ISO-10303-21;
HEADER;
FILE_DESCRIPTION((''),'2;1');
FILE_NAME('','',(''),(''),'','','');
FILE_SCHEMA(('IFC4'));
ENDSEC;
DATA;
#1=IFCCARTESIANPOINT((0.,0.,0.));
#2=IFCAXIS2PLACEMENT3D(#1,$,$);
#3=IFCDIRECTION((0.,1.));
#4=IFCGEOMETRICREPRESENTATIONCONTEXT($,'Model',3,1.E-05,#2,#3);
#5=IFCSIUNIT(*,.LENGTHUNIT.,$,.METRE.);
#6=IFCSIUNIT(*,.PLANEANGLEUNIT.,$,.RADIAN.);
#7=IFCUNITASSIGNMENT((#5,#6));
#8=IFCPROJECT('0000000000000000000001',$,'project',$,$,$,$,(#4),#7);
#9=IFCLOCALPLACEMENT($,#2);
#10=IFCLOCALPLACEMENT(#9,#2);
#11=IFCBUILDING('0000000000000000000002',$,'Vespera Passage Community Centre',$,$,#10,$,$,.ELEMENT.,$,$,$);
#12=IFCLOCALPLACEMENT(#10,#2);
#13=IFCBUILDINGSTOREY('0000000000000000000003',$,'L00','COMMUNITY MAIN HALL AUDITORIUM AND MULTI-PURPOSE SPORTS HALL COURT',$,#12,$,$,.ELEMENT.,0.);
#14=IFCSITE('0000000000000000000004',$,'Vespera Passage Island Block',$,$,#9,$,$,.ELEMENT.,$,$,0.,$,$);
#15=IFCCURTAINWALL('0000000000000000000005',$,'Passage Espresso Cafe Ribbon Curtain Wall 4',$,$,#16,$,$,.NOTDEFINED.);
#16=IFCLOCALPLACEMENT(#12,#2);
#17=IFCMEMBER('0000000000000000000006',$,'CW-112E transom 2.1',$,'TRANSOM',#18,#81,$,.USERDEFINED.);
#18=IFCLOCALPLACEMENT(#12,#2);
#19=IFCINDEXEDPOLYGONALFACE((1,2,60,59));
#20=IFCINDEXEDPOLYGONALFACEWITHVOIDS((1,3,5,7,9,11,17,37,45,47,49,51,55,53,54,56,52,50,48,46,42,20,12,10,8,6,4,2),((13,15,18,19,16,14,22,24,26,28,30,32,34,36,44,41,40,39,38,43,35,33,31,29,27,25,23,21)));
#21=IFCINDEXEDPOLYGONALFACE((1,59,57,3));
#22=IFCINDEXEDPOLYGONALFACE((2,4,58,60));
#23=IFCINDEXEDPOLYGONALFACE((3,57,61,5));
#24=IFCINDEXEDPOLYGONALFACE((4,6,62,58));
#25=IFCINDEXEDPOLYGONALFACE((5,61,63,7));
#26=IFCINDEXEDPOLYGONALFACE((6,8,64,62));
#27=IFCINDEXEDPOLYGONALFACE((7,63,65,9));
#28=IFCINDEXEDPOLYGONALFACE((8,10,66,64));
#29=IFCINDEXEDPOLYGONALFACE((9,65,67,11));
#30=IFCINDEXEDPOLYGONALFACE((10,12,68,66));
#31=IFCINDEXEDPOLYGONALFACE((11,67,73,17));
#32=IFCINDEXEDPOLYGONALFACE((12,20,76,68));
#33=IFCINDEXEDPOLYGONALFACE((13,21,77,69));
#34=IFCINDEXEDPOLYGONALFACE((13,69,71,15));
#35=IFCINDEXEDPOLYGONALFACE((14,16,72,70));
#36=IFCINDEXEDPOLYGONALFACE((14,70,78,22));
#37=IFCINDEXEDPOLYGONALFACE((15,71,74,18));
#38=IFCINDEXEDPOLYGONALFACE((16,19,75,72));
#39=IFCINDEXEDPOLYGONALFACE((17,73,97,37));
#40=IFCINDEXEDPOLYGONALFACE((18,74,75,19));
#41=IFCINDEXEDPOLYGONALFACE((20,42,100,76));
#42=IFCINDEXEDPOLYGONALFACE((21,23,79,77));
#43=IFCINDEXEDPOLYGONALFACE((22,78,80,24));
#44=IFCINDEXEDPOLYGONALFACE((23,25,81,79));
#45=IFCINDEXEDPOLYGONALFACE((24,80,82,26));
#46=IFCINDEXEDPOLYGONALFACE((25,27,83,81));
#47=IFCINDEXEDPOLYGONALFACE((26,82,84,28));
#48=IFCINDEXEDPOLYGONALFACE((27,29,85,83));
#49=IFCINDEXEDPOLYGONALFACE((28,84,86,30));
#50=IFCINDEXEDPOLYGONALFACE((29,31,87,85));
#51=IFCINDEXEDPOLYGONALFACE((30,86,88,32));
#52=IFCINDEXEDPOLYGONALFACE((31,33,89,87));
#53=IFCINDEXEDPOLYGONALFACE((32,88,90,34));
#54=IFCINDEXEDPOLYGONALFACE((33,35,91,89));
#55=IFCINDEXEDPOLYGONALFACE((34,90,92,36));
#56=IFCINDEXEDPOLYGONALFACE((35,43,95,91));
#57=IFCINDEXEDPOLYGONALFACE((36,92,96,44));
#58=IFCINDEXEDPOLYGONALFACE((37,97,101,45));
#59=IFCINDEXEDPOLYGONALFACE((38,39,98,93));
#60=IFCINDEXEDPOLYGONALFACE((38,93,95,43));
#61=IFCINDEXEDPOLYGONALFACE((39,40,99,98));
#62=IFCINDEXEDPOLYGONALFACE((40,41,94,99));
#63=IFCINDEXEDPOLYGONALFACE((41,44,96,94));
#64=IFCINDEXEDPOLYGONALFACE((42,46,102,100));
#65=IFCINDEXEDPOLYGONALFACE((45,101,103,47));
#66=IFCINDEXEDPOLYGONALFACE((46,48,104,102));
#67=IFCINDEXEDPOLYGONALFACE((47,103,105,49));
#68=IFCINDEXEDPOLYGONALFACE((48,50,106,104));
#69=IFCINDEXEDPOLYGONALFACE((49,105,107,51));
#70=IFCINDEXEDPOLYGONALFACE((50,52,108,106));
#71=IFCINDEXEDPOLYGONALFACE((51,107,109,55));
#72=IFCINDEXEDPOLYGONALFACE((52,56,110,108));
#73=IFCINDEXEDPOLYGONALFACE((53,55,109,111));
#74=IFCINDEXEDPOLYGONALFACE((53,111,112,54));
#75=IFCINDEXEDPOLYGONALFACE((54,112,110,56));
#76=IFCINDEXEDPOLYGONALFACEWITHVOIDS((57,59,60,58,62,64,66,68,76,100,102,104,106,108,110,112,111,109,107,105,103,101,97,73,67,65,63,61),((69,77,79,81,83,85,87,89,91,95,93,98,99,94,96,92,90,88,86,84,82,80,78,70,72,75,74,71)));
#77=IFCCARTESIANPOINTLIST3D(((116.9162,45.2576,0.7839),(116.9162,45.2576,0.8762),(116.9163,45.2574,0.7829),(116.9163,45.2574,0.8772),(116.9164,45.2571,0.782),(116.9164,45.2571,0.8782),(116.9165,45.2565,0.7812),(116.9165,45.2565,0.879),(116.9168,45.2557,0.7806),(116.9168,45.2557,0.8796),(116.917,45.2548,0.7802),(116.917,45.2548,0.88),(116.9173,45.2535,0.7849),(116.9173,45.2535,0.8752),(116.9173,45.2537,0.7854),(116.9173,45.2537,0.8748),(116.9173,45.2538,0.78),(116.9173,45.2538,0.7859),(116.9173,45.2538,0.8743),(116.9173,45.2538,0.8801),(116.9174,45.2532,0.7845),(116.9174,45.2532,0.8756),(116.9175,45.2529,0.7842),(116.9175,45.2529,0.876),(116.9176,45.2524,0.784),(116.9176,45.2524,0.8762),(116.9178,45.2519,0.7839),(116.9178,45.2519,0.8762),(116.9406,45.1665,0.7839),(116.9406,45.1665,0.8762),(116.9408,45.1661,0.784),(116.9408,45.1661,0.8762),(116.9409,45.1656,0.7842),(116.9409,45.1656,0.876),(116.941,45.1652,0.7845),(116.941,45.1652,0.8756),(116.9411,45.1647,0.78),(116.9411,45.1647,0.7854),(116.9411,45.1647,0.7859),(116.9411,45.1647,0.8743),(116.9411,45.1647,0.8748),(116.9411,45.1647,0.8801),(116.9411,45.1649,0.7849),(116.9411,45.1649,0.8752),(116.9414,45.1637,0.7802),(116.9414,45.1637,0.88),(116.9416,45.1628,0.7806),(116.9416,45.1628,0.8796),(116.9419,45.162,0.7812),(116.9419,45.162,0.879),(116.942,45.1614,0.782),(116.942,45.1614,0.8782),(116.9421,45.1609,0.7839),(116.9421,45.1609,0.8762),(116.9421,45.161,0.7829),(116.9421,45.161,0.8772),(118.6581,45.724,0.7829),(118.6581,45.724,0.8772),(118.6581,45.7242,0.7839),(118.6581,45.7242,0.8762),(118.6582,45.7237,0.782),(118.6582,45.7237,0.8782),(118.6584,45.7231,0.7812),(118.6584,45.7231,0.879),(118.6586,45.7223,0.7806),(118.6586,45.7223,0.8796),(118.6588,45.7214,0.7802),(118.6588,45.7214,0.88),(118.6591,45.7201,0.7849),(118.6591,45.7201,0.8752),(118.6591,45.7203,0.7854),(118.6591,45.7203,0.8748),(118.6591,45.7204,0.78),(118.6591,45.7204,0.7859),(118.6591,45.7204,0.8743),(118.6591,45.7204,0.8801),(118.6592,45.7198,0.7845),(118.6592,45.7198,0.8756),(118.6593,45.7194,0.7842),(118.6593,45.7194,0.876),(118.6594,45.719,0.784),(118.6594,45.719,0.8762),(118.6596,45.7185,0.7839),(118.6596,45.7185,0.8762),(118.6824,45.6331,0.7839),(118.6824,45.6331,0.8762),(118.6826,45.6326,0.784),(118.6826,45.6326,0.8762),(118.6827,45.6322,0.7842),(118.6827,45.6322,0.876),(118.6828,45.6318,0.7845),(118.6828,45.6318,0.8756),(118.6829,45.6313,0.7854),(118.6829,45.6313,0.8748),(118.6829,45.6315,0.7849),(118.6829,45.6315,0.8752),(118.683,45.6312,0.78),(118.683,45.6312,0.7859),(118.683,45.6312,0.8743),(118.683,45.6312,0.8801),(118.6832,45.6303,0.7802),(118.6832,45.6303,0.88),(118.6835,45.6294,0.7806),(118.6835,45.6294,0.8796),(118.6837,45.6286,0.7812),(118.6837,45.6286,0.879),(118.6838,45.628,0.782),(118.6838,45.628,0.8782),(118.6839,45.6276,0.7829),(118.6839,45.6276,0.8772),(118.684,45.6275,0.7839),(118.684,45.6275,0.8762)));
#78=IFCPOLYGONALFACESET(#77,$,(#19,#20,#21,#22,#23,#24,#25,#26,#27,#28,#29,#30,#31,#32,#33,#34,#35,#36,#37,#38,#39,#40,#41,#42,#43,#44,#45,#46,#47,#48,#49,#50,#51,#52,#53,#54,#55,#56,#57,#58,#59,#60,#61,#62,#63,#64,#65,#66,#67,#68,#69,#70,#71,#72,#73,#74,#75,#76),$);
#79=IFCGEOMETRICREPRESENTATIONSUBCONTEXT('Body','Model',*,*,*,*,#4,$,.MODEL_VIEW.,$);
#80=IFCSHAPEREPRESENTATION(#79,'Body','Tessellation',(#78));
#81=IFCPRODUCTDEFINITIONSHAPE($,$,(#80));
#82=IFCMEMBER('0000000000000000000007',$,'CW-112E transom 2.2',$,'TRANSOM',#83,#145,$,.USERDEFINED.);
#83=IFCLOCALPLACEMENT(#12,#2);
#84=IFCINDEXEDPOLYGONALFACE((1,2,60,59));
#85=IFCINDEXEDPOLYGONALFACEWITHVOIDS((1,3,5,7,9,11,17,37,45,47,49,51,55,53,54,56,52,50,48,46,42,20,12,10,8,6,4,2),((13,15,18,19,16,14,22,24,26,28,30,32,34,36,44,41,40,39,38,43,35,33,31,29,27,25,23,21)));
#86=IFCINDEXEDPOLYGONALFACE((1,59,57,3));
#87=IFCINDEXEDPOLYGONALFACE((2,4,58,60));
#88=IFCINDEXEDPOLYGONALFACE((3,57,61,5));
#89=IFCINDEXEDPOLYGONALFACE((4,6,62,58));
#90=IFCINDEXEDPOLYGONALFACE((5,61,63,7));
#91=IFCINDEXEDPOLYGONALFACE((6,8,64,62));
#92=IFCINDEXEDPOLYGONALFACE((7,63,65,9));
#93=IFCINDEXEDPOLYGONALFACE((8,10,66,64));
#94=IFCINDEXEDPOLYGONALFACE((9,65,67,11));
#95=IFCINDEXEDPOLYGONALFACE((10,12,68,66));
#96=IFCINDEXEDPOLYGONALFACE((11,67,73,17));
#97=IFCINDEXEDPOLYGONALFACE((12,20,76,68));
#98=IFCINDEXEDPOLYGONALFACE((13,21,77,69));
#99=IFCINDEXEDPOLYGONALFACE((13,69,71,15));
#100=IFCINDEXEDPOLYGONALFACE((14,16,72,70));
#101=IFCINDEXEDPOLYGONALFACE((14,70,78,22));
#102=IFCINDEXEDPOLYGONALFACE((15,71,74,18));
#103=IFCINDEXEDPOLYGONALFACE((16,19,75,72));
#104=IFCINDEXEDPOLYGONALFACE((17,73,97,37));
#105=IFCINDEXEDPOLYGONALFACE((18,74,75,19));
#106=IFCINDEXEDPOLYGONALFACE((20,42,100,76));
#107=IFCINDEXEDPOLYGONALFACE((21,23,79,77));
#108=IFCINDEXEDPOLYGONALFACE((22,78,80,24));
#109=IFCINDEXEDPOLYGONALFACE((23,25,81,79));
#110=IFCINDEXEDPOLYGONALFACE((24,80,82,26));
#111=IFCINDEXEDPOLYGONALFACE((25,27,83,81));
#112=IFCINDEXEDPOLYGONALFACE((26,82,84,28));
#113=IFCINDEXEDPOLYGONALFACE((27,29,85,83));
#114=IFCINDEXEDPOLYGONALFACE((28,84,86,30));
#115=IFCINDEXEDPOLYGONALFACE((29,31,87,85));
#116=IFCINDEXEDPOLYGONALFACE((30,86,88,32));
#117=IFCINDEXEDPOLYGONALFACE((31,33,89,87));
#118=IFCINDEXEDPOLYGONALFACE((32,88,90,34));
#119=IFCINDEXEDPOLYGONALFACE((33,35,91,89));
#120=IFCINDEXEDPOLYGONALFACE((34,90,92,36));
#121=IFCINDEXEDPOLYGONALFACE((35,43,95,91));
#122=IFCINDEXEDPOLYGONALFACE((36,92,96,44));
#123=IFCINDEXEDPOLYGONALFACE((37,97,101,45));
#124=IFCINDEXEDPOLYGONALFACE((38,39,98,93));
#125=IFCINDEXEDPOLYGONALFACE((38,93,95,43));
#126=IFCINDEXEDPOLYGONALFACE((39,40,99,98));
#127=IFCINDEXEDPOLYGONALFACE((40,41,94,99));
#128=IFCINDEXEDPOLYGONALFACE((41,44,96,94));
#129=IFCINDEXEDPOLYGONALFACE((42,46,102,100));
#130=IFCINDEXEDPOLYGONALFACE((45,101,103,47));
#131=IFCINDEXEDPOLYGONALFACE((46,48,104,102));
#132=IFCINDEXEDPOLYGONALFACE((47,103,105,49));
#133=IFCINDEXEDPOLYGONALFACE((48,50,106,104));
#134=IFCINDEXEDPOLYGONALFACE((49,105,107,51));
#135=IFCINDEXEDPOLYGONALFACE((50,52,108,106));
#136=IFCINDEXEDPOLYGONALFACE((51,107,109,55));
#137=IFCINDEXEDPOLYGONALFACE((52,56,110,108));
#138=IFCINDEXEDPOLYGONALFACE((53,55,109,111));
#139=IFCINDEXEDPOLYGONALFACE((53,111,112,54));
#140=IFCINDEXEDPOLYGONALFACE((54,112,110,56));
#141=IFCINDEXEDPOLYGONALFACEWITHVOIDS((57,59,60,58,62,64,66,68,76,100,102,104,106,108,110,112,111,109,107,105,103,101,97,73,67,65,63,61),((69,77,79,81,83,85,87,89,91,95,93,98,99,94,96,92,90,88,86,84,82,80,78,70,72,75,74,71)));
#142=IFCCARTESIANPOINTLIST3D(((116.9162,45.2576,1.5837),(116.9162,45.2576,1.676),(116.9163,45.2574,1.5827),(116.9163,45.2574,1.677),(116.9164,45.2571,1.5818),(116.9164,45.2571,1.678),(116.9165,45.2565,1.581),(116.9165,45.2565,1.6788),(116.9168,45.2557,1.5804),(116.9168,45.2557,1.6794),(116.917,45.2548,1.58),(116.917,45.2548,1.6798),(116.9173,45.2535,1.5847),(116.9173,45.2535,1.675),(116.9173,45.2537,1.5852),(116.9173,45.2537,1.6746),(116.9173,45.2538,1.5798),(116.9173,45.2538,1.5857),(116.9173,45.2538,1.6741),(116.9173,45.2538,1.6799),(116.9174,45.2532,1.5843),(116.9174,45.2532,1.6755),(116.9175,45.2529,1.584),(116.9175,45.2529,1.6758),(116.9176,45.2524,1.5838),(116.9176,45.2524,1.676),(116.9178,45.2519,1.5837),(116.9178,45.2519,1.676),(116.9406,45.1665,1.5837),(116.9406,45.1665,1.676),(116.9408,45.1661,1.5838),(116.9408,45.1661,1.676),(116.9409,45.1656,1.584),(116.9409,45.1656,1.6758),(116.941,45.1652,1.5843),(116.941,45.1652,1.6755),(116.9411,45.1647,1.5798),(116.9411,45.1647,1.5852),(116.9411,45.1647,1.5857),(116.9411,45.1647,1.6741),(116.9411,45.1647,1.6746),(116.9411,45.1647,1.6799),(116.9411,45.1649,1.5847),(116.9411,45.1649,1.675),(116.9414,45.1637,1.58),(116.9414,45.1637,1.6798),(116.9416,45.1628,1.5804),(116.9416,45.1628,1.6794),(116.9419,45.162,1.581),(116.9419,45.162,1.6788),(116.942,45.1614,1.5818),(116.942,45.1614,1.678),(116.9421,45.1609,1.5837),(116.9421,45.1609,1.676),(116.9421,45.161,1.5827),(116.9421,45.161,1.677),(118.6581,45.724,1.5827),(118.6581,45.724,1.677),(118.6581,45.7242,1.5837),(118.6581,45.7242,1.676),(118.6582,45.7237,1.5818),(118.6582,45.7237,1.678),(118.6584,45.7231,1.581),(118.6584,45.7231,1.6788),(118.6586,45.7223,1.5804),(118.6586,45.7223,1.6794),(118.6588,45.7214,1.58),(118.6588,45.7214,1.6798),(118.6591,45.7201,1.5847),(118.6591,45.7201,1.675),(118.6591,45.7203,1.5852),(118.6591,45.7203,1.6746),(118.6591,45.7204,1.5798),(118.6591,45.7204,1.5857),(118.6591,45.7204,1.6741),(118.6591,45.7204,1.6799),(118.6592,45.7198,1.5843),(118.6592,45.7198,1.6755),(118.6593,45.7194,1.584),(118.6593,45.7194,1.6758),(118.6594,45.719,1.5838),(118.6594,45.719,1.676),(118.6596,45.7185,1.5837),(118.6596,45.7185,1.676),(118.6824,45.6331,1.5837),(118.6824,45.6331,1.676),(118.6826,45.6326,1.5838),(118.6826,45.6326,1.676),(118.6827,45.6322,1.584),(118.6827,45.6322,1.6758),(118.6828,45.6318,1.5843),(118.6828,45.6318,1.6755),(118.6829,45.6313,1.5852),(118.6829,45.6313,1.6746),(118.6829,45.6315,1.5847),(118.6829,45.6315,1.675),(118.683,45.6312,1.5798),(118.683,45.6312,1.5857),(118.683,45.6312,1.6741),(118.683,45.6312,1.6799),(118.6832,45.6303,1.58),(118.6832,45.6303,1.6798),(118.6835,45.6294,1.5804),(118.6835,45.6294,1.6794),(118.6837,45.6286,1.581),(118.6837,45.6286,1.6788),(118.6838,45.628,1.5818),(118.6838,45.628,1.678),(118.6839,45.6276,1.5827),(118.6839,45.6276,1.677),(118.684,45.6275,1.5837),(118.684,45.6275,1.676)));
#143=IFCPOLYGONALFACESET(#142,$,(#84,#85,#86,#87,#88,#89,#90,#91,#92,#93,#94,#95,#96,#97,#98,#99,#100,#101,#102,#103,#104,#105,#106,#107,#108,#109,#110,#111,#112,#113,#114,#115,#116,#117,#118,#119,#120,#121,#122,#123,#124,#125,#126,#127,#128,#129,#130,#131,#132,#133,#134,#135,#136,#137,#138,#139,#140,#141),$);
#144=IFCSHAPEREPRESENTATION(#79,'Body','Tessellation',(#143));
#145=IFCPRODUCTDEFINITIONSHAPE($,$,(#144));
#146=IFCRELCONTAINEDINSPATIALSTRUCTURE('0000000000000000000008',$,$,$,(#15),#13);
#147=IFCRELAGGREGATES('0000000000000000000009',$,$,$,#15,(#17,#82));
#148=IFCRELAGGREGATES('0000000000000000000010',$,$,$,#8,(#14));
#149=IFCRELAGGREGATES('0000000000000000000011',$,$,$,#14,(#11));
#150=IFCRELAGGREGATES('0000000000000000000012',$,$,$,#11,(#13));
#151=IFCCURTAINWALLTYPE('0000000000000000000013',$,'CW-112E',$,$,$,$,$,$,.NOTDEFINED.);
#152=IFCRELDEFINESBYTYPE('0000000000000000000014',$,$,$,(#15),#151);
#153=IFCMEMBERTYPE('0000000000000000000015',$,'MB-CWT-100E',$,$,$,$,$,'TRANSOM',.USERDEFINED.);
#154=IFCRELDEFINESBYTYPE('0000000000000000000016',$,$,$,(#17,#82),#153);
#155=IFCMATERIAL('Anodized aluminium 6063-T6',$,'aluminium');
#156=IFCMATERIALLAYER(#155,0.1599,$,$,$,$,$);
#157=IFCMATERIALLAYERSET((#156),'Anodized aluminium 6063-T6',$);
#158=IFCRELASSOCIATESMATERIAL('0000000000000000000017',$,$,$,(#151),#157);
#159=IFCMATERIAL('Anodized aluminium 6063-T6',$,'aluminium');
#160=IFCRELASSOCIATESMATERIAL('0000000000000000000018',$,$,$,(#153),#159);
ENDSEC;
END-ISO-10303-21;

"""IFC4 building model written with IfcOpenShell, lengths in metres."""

from ifc_helpers import new_model, si_unit, direction, frame, origin, origin_2d, place, context, subcontext, project, spatial, hollow_rectangle, extrude, material, layer, layer_set, material_profile, profile_set, type_object, element, aggregate, save


model = new_model("IFC4")

# Units and contexts
model_context = context("Model", 3, precision=1e-05, world=origin(), true_north=direction((0.0, 1.0)))
body_context = subcontext(model_context, "Body", "Model", "MODEL_VIEW")
ifc_project = project(units=[si_unit("LENGTHUNIT", "METRE"), si_unit("PLANEANGLEUNIT", "RADIAN")], contexts=[model_context])

# Site, building, storey
site_placement = place(None, origin())
site = spatial("IfcSite", under=ifc_project, at=site_placement, Name="Vespera Passage Island Block", CompositionType="ELEMENT", RefElevation=0.0)
building_placement = place(site_placement, origin())
building = spatial("IfcBuilding", under=site, at=building_placement, Name="Vespera Passage Community Centre", CompositionType="ELEMENT")
storey_placement = place(building_placement, origin())
storey = spatial("IfcBuildingStorey", under=building, at=storey_placement, Name="L00", Description="COMMUNITY MAIN HALL AUDITORIUM AND MULTI-PURPOSE SPORTS HALL COURT", CompositionType="ELEMENT", Elevation=0.0)

# Curtain wall
ifc_material_1 = material(Name="Anodized aluminium 6063-T6", Category="aluminium")
ifc_layer_1 = layer(ifc_material_1, 0.1599)
ifc_layer_set_1 = layer_set([ifc_layer_1], Name="Anodized aluminium 6063-T6")
curtain_wall_type = type_object("IfcCurtainWallType", Name="CW-112E", PredefinedType="NOTDEFINED", material=ifc_layer_set_1)
curtain_wall_1_placement = place(storey_placement, origin())
curtain_wall_1 = element("IfcCurtainWall", 1, at=curtain_wall_1_placement, inside=storey, type_object=curtain_wall_type, Name="Passage Espresso Cafe Ribbon Curtain Wall 4", PredefinedType="NOTDEFINED")

# Members
ifc_material_2 = material(Name="Anodized aluminium 6063-T6", Category="aluminium")
ifc_material_profile_1 = material_profile(ifc_material_2, hollow_rectangle(XDim=0.1001, YDim=0.1001, WallThickness=0.0039, InnerFilletRadius=0.002, OuterFilletRadius=0.0039, at=origin_2d()), Name="ALU100X100X4")
ifc_profile_set_1 = profile_set([ifc_material_profile_1], Name="Anodized aluminium 6063-T6")
member_type_1 = type_object("IfcMemberType", Name="MB-CWT-100E", ElementType="TRANSOM", PredefinedType="USERDEFINED", material=ifc_profile_set_1)
member_1_placement = place(storey_placement, frame((116.9292, 45.2092, 0.8301), z_axis=(0.965944, 0.25875, 0.0), x_axis=(-0.25875, 0.965944, 0.0)))
member_1 = element("IfcMember", 2, at=member_1_placement, type_object=member_type_1, Name="CW-112E transom 2.1", ObjectType="TRANSOM", PredefinedType="USERDEFINED", context=body_context, shape_type="SweptSolid", body=[
    extrude(hollow_rectangle(XDim=0.1001, YDim=0.1001, WallThickness=0.0039, InnerFilletRadius=0.002, OuterFilletRadius=0.0039, at=origin_2d()), origin(), (0.0, 0.0, 1.0), 1.8032),
])
member_2_placement = place(storey_placement, frame((116.9292, 45.2092, 1.6299), z_axis=(0.965944, 0.25875, 0.0), x_axis=(-0.25875, 0.965944, 0.0)))
member_2 = element("IfcMember", 3, at=member_2_placement, type_object=member_type_1, Name="CW-112E transom 2.2", ObjectType="TRANSOM", PredefinedType="USERDEFINED", context=body_context, shape_type="SweptSolid", body=[
    extrude(hollow_rectangle(XDim=0.1001, YDim=0.1001, WallThickness=0.0039, InnerFilletRadius=0.002, OuterFilletRadius=0.0039, at=origin_2d()), origin(), (0.0, 0.0, 1.0), 1.8032),
])

aggregate(curtain_wall_1, [member_1, member_2])

save(model, "model.ifc")
